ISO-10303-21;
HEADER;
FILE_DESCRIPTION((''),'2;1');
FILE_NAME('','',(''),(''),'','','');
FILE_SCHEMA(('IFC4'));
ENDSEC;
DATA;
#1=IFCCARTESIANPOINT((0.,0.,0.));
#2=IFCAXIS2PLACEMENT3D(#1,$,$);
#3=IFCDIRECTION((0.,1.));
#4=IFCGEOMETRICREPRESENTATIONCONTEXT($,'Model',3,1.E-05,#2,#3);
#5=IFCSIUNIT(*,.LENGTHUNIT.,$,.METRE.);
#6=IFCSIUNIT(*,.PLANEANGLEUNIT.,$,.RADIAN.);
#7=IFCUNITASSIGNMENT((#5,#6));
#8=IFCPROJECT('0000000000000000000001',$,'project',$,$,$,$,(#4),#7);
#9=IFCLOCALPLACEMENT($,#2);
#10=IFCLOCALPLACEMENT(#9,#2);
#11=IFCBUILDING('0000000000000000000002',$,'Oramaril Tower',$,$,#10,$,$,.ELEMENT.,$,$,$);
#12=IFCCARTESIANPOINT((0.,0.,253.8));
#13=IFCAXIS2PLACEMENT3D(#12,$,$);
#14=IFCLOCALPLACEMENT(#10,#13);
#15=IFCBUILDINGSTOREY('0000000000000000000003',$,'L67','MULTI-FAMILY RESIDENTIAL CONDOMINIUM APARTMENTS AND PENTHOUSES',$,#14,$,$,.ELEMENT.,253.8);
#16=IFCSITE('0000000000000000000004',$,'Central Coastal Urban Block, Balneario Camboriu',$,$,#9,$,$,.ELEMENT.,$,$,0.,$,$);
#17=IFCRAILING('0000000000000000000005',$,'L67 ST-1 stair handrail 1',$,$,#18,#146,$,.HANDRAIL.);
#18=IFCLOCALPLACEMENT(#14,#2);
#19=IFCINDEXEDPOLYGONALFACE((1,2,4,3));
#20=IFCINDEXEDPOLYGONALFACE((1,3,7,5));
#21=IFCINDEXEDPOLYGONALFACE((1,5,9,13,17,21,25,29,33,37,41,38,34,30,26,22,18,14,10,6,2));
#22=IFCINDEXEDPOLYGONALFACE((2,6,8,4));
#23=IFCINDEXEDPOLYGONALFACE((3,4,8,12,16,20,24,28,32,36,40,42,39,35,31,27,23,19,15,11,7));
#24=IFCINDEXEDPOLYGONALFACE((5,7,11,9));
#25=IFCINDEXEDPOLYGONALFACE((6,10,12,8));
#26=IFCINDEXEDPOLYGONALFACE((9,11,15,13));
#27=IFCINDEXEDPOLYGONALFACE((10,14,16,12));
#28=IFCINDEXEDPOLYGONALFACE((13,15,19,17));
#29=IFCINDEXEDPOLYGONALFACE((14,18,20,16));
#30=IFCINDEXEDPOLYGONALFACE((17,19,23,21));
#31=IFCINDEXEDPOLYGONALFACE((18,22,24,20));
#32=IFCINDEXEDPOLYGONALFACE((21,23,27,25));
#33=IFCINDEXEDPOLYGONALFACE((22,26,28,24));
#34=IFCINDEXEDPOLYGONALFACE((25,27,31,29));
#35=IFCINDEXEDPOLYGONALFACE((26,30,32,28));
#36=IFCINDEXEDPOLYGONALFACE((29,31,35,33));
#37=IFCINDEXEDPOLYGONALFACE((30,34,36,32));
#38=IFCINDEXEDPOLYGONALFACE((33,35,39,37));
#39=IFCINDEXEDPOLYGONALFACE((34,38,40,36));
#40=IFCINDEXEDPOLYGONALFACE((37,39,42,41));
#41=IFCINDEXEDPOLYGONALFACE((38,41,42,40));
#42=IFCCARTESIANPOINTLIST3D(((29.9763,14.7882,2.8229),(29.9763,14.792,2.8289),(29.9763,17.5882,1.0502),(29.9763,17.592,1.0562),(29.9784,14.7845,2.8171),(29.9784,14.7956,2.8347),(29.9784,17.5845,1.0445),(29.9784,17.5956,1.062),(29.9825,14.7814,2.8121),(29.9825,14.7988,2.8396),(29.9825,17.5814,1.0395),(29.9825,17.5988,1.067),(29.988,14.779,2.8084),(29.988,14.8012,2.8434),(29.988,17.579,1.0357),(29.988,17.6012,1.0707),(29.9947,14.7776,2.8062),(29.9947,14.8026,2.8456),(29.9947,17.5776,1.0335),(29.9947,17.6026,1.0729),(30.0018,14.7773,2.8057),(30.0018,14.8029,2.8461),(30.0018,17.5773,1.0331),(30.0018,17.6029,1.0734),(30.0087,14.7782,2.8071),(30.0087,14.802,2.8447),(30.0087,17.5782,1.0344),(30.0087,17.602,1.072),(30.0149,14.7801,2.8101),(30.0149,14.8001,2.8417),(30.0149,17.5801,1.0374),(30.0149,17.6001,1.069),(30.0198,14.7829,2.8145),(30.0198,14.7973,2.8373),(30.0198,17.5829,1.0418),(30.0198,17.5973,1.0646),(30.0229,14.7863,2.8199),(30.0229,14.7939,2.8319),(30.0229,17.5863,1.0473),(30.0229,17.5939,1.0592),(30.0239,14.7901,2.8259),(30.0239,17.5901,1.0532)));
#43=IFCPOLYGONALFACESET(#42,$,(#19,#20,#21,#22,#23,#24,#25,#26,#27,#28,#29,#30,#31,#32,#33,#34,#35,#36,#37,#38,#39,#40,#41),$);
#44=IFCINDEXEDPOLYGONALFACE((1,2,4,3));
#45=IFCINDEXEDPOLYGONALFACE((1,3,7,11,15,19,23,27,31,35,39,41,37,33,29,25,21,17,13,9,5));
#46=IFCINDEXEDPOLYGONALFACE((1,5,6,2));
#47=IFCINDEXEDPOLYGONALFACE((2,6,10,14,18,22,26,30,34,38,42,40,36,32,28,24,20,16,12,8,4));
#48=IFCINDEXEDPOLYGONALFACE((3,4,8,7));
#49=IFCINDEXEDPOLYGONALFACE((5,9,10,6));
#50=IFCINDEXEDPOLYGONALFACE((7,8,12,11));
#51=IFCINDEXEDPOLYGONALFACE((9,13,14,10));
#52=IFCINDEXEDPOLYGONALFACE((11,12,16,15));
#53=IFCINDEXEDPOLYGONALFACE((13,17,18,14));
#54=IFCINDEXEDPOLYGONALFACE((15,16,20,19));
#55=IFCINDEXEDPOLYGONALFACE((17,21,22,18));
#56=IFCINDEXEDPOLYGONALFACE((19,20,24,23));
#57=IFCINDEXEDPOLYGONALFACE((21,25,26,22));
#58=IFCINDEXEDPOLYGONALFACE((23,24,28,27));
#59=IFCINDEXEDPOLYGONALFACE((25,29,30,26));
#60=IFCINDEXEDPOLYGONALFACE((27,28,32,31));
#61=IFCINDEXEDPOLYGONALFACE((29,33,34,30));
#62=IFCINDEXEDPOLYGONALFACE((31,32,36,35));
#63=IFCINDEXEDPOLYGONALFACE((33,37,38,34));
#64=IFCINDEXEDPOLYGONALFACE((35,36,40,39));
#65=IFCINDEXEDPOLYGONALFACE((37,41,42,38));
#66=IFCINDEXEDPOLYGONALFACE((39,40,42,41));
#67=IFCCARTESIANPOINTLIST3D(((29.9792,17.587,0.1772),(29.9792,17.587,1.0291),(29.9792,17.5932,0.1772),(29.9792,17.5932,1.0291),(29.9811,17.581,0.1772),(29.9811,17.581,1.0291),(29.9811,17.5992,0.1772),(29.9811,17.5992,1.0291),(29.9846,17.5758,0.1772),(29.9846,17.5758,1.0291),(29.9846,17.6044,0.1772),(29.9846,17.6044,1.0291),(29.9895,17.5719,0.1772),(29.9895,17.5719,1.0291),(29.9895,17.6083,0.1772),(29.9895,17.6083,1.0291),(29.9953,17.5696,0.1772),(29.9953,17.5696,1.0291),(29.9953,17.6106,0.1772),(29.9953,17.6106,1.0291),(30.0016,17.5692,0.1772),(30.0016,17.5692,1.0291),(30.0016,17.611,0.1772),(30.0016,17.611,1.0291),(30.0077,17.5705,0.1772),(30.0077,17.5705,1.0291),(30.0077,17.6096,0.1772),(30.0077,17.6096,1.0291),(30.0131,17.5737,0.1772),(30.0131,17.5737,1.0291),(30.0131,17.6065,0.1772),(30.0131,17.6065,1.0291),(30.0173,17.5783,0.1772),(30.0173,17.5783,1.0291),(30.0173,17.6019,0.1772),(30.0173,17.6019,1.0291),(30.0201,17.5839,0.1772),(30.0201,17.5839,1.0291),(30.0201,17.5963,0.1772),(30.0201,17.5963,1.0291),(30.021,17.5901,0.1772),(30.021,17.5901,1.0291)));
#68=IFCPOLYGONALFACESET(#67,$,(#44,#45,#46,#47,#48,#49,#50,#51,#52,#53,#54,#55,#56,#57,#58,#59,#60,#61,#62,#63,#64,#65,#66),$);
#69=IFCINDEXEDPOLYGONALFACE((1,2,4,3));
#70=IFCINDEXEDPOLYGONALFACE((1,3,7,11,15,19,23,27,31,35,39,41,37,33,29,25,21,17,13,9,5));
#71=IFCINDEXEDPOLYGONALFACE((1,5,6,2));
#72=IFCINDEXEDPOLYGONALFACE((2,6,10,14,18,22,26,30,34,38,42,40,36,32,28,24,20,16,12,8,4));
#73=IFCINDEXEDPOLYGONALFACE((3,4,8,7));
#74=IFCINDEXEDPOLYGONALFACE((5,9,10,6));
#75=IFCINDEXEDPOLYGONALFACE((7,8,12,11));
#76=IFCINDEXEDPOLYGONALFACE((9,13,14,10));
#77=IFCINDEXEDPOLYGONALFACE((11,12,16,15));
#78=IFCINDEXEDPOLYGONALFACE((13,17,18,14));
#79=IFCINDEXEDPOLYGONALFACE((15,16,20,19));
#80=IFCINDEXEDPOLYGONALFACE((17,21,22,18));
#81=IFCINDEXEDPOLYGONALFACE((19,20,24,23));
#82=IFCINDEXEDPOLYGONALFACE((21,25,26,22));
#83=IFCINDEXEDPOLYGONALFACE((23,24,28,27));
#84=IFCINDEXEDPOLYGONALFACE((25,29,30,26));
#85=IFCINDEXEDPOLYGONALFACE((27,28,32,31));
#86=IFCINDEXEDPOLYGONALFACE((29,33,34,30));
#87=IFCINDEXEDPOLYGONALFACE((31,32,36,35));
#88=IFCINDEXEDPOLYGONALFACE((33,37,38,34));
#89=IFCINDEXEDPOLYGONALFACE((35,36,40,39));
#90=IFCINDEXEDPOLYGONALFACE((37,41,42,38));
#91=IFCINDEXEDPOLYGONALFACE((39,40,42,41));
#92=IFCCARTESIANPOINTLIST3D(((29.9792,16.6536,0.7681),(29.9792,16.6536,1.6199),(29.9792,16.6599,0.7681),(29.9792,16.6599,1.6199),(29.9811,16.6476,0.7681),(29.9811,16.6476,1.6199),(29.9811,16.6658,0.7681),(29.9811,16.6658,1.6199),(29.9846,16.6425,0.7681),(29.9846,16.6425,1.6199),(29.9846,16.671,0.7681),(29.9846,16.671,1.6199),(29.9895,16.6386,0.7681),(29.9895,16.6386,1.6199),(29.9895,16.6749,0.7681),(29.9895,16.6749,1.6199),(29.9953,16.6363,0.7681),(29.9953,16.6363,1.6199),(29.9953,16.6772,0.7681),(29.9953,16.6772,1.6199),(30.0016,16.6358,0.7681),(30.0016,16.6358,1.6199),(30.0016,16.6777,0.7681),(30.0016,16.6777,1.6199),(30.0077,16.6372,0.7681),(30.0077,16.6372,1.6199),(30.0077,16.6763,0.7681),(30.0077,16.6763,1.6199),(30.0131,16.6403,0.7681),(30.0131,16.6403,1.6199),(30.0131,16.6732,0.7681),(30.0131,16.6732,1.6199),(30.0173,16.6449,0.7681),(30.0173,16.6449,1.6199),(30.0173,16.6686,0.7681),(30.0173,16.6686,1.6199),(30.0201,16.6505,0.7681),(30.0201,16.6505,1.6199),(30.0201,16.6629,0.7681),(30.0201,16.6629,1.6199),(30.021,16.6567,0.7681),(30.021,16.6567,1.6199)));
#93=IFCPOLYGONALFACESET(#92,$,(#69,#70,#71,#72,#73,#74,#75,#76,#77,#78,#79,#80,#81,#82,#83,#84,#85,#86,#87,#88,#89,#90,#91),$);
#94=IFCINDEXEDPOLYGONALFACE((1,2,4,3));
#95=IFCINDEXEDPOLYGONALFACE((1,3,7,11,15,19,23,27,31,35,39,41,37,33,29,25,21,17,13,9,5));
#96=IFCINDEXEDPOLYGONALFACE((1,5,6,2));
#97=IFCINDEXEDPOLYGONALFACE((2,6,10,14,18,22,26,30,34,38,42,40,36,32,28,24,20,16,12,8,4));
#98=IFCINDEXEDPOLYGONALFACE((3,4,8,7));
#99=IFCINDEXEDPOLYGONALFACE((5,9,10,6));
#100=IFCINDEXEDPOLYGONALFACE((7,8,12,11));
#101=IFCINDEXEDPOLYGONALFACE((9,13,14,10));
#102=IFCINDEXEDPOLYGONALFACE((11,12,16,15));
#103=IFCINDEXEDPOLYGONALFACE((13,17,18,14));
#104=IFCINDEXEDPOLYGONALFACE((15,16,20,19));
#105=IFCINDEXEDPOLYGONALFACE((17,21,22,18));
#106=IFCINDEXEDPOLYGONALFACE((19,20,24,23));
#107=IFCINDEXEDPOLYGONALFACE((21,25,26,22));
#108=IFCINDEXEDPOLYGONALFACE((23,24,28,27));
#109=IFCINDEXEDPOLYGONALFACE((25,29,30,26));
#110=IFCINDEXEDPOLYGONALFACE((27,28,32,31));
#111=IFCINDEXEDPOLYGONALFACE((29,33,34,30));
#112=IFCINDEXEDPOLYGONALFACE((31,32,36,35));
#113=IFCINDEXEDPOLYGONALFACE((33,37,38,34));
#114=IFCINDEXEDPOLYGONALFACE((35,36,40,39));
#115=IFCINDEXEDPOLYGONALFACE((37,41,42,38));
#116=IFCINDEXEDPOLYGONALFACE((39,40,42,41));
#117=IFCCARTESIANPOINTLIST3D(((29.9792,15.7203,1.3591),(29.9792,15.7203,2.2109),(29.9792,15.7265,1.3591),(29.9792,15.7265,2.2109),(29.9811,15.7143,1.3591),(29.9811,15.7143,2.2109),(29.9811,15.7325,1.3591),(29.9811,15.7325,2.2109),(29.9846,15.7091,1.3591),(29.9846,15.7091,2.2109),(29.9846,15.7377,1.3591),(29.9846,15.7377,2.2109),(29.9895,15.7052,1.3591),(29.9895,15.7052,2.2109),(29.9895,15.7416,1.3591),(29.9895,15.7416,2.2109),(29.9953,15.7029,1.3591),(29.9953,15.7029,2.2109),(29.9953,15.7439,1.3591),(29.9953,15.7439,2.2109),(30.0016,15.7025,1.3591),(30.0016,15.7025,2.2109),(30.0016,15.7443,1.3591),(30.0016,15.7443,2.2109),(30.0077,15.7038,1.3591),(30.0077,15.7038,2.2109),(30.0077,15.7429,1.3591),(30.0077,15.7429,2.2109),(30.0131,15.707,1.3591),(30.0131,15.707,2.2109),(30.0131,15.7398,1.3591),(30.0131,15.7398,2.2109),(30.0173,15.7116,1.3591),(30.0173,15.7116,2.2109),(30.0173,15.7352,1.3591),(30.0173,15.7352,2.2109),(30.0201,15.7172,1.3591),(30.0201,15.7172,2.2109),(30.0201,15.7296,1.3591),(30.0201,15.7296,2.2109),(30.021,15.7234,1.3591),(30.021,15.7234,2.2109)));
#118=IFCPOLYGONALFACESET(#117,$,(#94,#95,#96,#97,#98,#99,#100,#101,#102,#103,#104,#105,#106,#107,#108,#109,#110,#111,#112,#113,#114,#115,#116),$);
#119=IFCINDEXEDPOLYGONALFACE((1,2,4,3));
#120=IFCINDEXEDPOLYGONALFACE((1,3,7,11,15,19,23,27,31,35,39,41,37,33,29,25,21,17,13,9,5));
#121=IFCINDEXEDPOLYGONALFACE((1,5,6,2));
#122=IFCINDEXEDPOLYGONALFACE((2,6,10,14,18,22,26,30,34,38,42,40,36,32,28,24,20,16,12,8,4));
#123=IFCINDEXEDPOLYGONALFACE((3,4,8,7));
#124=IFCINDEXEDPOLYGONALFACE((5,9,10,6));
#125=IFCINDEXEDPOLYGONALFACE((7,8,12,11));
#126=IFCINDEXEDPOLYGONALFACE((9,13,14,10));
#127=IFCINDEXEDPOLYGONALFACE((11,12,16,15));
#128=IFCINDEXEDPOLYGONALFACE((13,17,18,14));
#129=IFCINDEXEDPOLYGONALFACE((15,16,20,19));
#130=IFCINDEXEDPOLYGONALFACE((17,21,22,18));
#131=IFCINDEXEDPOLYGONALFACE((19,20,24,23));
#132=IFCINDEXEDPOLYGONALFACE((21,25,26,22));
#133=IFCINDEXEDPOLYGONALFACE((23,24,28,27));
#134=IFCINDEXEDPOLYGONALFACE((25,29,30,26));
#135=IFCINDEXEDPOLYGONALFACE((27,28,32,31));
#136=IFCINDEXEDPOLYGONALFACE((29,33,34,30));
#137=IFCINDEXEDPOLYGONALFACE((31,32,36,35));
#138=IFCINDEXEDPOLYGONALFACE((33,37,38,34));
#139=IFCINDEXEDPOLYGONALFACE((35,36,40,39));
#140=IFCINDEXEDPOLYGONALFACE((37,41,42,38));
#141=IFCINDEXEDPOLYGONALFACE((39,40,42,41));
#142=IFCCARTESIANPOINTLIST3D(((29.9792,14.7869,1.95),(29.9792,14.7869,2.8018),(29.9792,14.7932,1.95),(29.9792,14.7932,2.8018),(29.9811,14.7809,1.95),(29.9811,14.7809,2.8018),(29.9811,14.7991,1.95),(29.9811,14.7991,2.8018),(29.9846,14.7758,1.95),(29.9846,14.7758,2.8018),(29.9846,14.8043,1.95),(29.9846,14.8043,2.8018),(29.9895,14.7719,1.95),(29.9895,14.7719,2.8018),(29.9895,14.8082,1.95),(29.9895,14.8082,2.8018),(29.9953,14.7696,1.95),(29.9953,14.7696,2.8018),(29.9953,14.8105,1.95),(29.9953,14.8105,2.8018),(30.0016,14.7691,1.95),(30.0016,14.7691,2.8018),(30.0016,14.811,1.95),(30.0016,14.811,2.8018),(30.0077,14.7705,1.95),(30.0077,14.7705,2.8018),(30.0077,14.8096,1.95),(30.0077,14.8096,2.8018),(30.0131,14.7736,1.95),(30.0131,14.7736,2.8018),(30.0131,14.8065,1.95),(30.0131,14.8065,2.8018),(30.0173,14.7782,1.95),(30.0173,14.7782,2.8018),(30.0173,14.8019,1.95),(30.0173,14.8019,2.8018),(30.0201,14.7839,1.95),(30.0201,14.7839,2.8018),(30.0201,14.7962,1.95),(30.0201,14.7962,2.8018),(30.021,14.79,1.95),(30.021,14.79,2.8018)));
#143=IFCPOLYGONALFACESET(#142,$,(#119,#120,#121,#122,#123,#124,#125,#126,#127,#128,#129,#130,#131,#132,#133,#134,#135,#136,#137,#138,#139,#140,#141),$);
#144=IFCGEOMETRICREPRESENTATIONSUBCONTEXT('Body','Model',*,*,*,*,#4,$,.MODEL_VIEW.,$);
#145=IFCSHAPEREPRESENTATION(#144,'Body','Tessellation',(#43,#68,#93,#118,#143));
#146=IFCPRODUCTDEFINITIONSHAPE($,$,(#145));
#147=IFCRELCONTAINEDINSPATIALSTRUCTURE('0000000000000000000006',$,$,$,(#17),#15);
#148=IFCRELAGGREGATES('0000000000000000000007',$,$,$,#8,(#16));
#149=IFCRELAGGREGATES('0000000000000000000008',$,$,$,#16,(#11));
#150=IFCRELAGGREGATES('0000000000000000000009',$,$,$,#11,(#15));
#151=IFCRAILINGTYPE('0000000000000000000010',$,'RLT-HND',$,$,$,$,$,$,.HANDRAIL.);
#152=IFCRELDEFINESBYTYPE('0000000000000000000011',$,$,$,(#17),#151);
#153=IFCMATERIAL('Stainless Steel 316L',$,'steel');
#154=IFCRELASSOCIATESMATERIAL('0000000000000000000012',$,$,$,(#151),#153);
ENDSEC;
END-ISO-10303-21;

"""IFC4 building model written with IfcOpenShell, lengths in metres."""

from ifc_helpers import new_model, si_unit, direction, frame, origin, origin_2d, place, context, subcontext, project, spatial, circle, extrude, material, type_object, element, save


model = new_model("IFC4")

# Units and contexts
model_context = context("Model", 3, precision=1e-05, world=origin(), true_north=direction((0.0, 1.0)))
body_context = subcontext(model_context, "Body", "Model", "MODEL_VIEW")
ifc_project = project(units=[si_unit("LENGTHUNIT", "METRE"), si_unit("PLANEANGLEUNIT", "RADIAN")], contexts=[model_context])

# Site, building, storey
site_placement = place(None, origin())
site = spatial("IfcSite", under=ifc_project, at=site_placement, Name="Central Coastal Urban Block, Balneario Camboriu", CompositionType="ELEMENT", RefElevation=0.0)
building_placement = place(site_placement, origin())
building = spatial("IfcBuilding", under=site, at=building_placement, Name="Oramaril Tower", CompositionType="ELEMENT")
storey_placement = place(building_placement, frame((0.0, 0.0, 253.8)))
storey = spatial("IfcBuildingStorey", under=building, at=storey_placement, Name="L67", Description="MULTI-FAMILY RESIDENTIAL CONDOMINIUM APARTMENTS AND PENTHOUSES", CompositionType="ELEMENT", Elevation=253.8)

# Railing
ifc_material_1 = material(Name="Stainless Steel 316L", Category="steel")
railing_type_1 = type_object("IfcRailingType", Name="RLT-HND", PredefinedType="HANDRAIL", material=ifc_material_1)
railing_1_placement = place(storey_placement, frame((30.0, 17.5901, 0.1772)))
element("IfcRailing", 1, at=railing_1_placement, inside=storey, type_object=railing_type_1, Name="L67 ST-1 stair handrail 1", PredefinedType="HANDRAIL", context=body_context, shape_type="SweptSolid", body=[
    extrude(circle(Radius=0.0239, at=origin_2d()), frame((0.0, 0.0, 0.876), z_axis=(0.0, -0.844909, 0.53491), x_axis=(1.0, 0.0, 0.0)), (0.0, 0.0, 1.0), 3.314),
    extrude(circle(Radius=0.021, at=origin_2d()), origin(), (0.0, 0.0, 1.0), 0.8518),
    extrude(circle(Radius=0.021, at=origin_2d()), frame((0.0, -0.9333, 0.5908)), (0.0, 0.0, 1.0), 0.8518),
    extrude(circle(Radius=0.021, at=origin_2d()), frame((0.0, -1.8667, 1.1819)), (0.0, 0.0, 1.0), 0.8518),
    extrude(circle(Radius=0.021, at=origin_2d()), frame((0.0, -2.8, 1.7727)), (0.0, 0.0, 1.0), 0.8518),
])

save(model, "model.ifc")
